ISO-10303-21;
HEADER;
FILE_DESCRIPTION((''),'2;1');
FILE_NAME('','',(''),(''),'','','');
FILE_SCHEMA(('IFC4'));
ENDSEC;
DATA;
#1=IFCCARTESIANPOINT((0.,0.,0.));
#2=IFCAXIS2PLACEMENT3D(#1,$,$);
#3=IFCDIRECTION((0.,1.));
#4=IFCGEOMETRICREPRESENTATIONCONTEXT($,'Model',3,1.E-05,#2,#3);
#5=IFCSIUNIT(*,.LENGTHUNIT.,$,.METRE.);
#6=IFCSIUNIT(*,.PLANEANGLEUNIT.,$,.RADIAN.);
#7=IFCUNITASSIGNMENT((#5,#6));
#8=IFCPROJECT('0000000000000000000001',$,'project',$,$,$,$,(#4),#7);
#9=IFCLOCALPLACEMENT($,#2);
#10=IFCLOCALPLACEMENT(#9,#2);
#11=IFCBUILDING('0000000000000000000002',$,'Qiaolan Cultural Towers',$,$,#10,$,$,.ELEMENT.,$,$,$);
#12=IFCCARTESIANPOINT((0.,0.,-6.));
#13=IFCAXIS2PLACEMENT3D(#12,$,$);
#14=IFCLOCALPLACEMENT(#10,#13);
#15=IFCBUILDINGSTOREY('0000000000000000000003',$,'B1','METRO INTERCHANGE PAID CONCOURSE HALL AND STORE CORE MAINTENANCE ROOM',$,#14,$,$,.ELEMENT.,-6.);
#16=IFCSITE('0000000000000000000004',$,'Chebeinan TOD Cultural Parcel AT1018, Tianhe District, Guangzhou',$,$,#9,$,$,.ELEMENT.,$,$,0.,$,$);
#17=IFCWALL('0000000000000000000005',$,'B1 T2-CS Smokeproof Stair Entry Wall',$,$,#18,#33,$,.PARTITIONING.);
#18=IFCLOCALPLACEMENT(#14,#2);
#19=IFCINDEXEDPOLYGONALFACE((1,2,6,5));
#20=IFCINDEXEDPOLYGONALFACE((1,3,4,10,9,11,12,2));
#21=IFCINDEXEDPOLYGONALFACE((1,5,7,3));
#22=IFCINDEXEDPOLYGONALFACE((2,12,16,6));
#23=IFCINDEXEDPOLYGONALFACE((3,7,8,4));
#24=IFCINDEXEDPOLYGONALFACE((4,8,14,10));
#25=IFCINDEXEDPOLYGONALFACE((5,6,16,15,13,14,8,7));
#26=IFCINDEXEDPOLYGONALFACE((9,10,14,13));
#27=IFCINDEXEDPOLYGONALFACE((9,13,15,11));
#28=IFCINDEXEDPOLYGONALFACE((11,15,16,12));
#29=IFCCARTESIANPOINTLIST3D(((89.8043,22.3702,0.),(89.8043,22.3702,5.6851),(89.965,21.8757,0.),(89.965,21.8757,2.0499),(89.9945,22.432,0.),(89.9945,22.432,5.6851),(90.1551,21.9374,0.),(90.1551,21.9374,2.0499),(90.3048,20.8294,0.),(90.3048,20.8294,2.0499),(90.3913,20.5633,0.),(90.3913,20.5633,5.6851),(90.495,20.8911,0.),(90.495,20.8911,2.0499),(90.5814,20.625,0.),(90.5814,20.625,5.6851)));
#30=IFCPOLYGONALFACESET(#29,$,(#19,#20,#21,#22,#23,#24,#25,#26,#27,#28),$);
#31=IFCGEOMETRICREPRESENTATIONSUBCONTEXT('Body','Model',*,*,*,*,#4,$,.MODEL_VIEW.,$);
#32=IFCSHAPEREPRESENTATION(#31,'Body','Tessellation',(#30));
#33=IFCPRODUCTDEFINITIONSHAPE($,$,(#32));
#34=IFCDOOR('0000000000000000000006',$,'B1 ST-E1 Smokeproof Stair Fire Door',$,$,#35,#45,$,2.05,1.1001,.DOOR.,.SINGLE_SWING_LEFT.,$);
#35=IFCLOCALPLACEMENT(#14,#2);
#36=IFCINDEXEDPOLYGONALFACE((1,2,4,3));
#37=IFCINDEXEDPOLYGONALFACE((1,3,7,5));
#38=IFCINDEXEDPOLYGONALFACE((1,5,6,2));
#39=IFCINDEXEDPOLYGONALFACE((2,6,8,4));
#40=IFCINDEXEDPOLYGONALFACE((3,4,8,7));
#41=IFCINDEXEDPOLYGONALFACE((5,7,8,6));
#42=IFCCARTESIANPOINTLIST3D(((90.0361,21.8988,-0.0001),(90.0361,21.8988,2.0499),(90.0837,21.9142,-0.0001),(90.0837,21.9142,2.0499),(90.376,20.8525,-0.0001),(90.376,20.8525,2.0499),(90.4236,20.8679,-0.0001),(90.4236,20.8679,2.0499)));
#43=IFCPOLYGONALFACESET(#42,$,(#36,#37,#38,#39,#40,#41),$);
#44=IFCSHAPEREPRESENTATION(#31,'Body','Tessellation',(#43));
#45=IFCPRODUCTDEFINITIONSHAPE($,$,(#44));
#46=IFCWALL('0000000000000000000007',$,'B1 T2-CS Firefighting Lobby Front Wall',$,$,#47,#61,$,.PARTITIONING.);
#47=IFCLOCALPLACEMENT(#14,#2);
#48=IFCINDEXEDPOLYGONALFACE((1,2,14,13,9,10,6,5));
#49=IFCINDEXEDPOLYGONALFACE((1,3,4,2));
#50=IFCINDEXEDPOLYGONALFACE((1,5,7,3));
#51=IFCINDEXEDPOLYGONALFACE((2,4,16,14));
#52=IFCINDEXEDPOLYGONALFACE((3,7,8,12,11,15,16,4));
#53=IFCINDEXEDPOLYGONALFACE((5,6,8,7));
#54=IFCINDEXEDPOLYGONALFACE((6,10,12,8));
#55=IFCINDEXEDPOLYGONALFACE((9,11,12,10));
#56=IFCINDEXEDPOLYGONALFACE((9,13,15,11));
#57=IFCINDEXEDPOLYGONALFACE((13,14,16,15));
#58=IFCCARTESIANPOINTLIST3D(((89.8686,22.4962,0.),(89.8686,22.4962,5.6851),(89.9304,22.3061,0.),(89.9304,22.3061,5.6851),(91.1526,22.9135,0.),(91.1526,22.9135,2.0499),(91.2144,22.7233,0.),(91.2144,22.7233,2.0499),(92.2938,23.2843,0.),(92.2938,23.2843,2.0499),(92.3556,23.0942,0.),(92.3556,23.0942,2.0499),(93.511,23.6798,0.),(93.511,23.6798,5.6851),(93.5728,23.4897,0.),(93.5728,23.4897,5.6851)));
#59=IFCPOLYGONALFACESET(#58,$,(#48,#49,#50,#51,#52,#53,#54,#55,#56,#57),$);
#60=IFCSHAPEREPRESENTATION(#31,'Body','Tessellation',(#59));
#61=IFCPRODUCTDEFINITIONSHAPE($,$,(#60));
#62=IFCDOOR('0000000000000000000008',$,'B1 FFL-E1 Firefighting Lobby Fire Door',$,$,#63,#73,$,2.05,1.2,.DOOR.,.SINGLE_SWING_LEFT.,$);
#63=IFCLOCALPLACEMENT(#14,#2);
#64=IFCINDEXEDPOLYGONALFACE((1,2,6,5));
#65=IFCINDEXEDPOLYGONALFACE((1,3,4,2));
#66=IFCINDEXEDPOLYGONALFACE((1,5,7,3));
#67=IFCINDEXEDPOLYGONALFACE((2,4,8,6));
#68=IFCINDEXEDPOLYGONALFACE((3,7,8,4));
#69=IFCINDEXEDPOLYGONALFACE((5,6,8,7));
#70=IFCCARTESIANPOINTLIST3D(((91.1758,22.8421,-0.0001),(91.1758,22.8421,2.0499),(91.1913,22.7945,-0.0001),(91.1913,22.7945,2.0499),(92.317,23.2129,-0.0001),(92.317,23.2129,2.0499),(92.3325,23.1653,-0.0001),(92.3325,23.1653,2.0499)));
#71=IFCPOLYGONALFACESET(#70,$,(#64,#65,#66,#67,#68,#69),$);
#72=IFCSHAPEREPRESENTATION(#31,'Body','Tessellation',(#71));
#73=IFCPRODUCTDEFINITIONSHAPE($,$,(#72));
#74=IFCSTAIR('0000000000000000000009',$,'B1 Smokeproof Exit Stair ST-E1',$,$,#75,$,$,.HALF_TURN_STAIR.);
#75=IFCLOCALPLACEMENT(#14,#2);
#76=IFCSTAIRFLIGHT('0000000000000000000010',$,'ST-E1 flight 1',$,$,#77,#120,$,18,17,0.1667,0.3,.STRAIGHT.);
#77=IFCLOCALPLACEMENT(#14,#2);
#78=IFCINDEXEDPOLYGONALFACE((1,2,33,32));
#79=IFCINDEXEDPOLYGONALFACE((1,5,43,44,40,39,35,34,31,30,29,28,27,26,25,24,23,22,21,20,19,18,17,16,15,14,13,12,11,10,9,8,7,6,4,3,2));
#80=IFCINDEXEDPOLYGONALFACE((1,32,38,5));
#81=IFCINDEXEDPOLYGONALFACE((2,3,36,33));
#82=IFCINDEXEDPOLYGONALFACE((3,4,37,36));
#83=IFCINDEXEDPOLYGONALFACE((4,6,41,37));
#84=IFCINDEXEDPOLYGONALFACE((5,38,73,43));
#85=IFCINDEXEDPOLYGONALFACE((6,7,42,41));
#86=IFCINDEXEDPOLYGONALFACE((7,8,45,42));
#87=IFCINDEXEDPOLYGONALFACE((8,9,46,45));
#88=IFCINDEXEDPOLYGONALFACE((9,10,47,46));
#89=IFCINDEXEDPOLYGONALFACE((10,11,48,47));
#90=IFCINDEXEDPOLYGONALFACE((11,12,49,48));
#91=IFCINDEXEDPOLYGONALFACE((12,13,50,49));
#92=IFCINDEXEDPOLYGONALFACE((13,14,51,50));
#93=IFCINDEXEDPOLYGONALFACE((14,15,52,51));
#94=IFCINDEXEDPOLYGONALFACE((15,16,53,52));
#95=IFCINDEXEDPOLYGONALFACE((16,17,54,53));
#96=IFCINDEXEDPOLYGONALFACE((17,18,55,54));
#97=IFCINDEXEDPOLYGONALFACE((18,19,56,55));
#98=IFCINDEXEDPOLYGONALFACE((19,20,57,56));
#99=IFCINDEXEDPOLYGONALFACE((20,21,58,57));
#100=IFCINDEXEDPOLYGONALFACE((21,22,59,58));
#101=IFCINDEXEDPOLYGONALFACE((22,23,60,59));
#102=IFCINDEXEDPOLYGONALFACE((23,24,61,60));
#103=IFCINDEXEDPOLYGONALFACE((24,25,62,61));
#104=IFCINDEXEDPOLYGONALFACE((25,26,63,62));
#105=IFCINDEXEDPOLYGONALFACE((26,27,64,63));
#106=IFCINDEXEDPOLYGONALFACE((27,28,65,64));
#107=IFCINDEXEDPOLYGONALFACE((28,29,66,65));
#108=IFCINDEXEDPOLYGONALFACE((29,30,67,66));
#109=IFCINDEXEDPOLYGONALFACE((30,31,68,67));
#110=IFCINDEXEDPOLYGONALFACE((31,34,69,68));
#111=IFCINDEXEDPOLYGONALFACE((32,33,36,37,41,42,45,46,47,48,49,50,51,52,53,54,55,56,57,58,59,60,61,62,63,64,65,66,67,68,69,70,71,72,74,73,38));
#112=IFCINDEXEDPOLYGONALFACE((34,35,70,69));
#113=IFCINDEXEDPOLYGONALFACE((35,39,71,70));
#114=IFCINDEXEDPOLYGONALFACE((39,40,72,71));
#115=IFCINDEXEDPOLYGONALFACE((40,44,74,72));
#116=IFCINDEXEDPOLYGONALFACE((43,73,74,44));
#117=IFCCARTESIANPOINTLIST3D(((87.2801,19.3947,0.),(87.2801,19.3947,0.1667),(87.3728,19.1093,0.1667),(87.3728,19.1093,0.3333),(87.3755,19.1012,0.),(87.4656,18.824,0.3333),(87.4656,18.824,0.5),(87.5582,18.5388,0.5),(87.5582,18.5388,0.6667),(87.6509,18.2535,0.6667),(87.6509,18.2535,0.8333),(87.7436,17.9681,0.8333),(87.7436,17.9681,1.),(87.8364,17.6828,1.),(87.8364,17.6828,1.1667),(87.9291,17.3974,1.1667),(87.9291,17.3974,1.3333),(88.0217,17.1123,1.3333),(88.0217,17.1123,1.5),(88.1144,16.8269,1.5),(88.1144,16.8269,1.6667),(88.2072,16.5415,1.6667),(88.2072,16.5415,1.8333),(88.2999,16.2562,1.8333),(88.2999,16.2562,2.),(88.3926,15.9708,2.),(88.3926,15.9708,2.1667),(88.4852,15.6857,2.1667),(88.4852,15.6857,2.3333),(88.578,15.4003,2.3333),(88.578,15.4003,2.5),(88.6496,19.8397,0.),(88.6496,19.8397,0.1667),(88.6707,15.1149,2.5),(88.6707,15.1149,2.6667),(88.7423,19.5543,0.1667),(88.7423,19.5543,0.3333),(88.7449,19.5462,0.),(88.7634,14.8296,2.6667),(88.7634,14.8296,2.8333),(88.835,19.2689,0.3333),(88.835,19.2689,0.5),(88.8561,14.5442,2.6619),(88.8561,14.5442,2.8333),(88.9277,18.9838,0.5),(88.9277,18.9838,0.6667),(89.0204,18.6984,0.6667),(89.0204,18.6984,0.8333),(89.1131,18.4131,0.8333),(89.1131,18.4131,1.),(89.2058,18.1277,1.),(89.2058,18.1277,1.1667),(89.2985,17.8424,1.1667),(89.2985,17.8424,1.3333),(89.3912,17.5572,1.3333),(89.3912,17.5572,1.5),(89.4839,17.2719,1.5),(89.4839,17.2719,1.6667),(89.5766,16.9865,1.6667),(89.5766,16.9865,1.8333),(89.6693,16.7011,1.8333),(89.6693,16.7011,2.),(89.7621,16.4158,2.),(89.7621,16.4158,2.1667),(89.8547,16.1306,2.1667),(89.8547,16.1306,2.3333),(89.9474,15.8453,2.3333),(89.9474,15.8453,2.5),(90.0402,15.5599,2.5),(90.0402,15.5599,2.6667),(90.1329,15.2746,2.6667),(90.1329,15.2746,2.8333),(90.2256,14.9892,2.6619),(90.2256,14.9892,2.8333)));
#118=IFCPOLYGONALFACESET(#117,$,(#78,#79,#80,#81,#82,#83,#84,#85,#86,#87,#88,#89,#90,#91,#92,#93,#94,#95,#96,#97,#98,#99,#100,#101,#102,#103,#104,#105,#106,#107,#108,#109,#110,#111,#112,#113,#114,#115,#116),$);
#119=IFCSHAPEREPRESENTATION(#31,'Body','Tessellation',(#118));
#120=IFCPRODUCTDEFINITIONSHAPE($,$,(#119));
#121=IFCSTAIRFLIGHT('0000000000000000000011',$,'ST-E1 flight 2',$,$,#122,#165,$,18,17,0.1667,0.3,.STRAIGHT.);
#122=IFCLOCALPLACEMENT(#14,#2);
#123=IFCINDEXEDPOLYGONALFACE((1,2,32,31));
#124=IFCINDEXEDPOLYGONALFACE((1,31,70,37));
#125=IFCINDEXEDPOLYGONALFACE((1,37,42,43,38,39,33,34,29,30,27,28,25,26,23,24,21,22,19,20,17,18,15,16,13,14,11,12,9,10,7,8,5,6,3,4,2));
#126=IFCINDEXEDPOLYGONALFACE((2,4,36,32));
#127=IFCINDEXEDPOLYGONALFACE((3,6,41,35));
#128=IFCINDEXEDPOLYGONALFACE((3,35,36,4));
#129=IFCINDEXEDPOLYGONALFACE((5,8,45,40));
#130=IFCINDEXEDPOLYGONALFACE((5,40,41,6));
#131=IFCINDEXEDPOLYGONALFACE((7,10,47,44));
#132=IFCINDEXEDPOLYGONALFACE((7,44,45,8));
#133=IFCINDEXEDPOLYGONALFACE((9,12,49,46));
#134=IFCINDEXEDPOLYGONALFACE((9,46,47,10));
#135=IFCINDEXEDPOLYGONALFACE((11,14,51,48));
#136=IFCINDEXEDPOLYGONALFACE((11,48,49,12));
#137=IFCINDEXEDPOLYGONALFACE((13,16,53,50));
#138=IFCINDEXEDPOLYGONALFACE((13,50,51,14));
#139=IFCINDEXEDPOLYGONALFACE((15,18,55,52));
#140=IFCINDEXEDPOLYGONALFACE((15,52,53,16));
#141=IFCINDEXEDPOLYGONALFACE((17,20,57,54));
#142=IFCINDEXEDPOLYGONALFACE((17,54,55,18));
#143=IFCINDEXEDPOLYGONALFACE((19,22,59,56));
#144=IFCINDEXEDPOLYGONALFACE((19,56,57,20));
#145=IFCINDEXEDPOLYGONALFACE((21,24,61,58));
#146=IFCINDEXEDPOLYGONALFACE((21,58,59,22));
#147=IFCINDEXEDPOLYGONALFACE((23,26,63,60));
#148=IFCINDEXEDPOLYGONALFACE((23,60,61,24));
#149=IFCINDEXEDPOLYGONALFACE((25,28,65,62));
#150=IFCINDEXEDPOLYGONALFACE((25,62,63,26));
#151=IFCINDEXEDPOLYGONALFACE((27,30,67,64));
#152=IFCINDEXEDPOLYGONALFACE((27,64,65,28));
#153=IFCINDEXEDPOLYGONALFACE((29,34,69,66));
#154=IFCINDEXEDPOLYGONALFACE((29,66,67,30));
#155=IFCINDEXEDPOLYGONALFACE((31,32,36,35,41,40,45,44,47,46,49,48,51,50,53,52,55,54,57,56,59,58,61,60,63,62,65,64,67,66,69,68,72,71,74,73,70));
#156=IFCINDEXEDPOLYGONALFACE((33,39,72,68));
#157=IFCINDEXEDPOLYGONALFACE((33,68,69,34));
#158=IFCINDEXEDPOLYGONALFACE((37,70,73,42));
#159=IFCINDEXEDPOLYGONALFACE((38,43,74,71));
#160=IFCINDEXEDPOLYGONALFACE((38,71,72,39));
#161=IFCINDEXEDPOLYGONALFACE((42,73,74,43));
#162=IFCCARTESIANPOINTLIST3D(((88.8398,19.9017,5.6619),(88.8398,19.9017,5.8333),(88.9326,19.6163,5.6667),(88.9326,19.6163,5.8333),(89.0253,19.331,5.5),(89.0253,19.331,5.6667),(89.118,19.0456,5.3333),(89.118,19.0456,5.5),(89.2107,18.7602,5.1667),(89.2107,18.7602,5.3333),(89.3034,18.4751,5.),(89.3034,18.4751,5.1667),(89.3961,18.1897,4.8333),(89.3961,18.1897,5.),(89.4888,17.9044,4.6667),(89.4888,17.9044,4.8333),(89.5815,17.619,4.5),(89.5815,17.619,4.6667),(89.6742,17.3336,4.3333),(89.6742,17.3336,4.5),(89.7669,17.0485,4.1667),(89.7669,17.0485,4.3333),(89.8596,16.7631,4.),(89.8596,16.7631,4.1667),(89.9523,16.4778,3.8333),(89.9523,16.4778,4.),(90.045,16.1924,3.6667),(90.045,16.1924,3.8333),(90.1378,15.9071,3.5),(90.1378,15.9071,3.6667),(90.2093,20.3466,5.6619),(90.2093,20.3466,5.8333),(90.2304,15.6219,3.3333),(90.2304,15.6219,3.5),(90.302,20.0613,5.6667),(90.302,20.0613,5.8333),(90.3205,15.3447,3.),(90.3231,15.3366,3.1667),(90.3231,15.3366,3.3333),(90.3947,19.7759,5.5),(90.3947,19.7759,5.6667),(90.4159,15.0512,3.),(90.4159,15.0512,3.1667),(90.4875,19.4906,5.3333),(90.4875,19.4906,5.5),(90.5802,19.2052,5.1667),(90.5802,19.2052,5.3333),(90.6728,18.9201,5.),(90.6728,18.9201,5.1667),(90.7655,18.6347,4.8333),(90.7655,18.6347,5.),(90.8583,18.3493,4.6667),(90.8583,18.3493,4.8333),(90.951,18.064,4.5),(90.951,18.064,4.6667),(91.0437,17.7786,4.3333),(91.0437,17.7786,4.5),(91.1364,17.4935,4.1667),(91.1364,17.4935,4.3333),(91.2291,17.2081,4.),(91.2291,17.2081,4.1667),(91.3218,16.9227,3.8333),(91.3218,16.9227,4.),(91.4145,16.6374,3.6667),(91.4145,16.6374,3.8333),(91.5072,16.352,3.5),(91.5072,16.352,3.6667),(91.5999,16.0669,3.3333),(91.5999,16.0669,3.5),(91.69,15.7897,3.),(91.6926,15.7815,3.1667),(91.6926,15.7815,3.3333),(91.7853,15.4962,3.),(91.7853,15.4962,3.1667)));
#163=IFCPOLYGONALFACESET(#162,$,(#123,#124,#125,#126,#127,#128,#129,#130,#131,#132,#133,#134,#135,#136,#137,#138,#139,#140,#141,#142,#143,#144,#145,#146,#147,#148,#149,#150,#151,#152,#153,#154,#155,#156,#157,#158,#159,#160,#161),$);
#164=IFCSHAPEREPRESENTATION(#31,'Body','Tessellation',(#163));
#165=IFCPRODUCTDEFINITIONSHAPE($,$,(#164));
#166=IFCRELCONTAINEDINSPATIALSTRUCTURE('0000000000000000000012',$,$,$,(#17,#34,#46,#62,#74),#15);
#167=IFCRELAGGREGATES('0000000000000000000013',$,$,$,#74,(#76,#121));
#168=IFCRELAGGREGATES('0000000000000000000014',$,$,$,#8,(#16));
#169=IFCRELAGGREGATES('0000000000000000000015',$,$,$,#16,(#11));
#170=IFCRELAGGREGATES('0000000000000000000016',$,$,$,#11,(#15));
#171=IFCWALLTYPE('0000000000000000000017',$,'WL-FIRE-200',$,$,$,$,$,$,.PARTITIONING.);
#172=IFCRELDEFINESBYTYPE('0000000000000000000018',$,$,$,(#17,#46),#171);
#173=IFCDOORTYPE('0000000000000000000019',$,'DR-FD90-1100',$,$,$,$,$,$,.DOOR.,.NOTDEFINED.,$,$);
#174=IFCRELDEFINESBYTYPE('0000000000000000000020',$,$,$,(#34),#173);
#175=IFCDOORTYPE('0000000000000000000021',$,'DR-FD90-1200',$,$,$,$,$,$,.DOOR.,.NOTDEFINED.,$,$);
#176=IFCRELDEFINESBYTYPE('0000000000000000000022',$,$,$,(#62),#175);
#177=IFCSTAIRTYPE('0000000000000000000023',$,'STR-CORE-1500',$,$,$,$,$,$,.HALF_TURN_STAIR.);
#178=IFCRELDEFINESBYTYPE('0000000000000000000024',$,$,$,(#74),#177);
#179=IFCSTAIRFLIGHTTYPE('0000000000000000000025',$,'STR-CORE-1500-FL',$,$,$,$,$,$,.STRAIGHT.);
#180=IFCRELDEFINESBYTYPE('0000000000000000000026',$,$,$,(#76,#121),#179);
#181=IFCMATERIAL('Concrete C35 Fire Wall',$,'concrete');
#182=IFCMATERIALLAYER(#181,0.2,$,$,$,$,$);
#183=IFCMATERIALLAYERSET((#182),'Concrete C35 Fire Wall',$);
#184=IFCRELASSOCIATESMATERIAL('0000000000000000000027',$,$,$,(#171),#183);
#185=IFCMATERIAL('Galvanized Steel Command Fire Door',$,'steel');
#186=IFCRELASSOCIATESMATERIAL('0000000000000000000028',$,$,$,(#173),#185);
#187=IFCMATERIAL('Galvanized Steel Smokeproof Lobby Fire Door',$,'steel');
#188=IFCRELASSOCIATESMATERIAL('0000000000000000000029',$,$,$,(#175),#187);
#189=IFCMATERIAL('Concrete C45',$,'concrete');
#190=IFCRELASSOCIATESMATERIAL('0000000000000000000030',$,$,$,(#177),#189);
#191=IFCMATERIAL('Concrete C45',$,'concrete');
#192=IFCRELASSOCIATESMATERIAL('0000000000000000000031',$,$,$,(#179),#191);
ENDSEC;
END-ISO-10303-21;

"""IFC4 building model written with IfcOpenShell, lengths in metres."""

from ifc_helpers import new_model, si_unit, direction, frame, frame_2d, origin, place, context, subcontext, project, spatial, polyline, rectangle, outline, extrude, material, layer, layer_set, type_object, element, fill, aggregate, save


model = new_model("IFC4")

# Units and contexts
model_context = context("Model", 3, precision=1e-05, world=origin(), true_north=direction((0.0, 1.0)))
body_context = subcontext(model_context, "Body", "Model", "MODEL_VIEW")
ifc_project = project(units=[si_unit("LENGTHUNIT", "METRE"), si_unit("PLANEANGLEUNIT", "RADIAN")], contexts=[model_context])

# Site, building, storey
site_placement = place(None, origin())
site = spatial("IfcSite", under=ifc_project, at=site_placement, Name="Chebeinan TOD Cultural Parcel AT1018, Tianhe District, Guangzhou", CompositionType="ELEMENT", RefElevation=0.0)
building_placement = place(site_placement, origin())
building = spatial("IfcBuilding", under=site, at=building_placement, Name="Qiaolan Cultural Towers", CompositionType="ELEMENT")
storey_placement = place(building_placement, frame((0.0, 0.0, -6.0)))
storey = spatial("IfcBuildingStorey", under=building, at=storey_placement, Name="B1", Description="METRO INTERCHANGE PAID CONCOURSE HALL AND STORE CORE MAINTENANCE ROOM", CompositionType="ELEMENT", Elevation=-6.0)

# Walls, openings, doors
ifc_material_1 = material(Name="Concrete C35 Fire Wall", Category="concrete")
ifc_layer_1 = layer(ifc_material_1, 0.2)
ifc_layer_set_1 = layer_set([ifc_layer_1], Name="Concrete C35 Fire Wall")
wall_type_1 = type_object("IfcWallType", Name="WL-FIRE-200", PredefinedType="PARTITIONING", material=ifc_layer_set_1)
wall_1_placement = place(storey_placement, frame((89.8994, 22.4011, 0.0), z_axis=(0.0, 0.0, 1.0), x_axis=(0.308932, -0.951084, 0.0)))
wall_1 = element("IfcWall", 1, at=wall_1_placement, inside=storey, type_object=wall_type_1, Name="B1 T2-CS Smokeproof Stair Entry Wall", PredefinedType="PARTITIONING", context=body_context, shape_type="SweptSolid", body=[
    extrude(rectangle(XDim=1.8999, YDim=0.2, at=frame_2d((0.95, 0.0))), origin(), (0.0, 0.0, 1.0), 5.6851),
])
opening_1_placement = place(wall_1_placement, frame((0.52, 0.0, 0.0)))
opening_1 = element("IfcOpeningElement", 2, at=opening_1_placement, cuts=wall_1, PredefinedType="OPENING", context=body_context, shape_type="SweptSolid", body=[
    extrude(rectangle(XDim=1.1001, YDim=2.05, at=frame_2d((0.55, 1.0249))), frame((0.0, 0.1099, 0.0), z_axis=(0.0, -1.0, 0.0), x_axis=(1.0, 0.0, 0.0)), (0.0, 0.0, 1.0), 0.22),
])
ifc_material_2 = material(Name="Galvanized Steel Command Fire Door", Category="steel")
door_type_1 = type_object("IfcDoorType", Name="DR-FD90-1100", OperationType="NOTDEFINED", PredefinedType="DOOR", material=ifc_material_2)
door_1_placement = place(opening_1_placement, origin())
door_1 = element("IfcDoor", 3, at=door_1_placement, inside=storey, type_object=door_type_1, Name="B1 ST-E1 Smokeproof Stair Fire Door", OperationType="SINGLE_SWING_LEFT", OverallHeight=2.05, OverallWidth=1.1001, PredefinedType="DOOR", context=body_context, shape_type="SweptSolid", body=[
    extrude(rectangle(XDim=1.1001, YDim=2.05, at=frame_2d((0.55, 1.0249))), frame((0.0, 0.0249, 0.0), z_axis=(0.0, -1.0, 0.0), x_axis=(1.0, 0.0, 0.0)), (0.0, 0.0, 1.0), 0.05),
])
fill(opening_1, door_1)
wall_2_placement = place(storey_placement, frame((89.8994, 22.4011, 0.0), z_axis=(0.0, 0.0, 1.0), x_axis=(0.951047, 0.309047, 0.0)))
wall_2 = element("IfcWall", 4, at=wall_2_placement, inside=storey, type_object=wall_type_1, Name="B1 T2-CS Firefighting Lobby Front Wall", PredefinedType="PARTITIONING", context=body_context, shape_type="SweptSolid", body=[
    extrude(rectangle(XDim=3.8298, YDim=0.2, at=frame_2d((1.915, 0.0))), origin(), (0.0, 0.0, 1.0), 5.6851),
])
opening_2_placement = place(wall_2_placement, frame((1.3501, 0.0, 0.0)))
opening_2 = element("IfcOpeningElement", 5, at=opening_2_placement, cuts=wall_2, PredefinedType="OPENING", context=body_context, shape_type="SweptSolid", body=[
    extrude(rectangle(XDim=1.2, YDim=2.05, at=frame_2d((0.6001, 1.0249))), frame((0.0, 0.1099, 0.0), z_axis=(0.0, -1.0, 0.0), x_axis=(1.0, 0.0, 0.0)), (0.0, 0.0, 1.0), 0.22),
])
ifc_material_3 = material(Name="Galvanized Steel Smokeproof Lobby Fire Door", Category="steel")
door_type_2 = type_object("IfcDoorType", Name="DR-FD90-1200", OperationType="NOTDEFINED", PredefinedType="DOOR", material=ifc_material_3)
door_2_placement = place(opening_2_placement, origin())
door_2 = element("IfcDoor", 6, at=door_2_placement, inside=storey, type_object=door_type_2, Name="B1 FFL-E1 Firefighting Lobby Fire Door", OperationType="SINGLE_SWING_LEFT", OverallHeight=2.05, OverallWidth=1.2, PredefinedType="DOOR", context=body_context, shape_type="SweptSolid", body=[
    extrude(rectangle(XDim=1.2, YDim=2.05, at=frame_2d((0.6001, 1.0249))), frame((0.0, 0.0249, 0.0), z_axis=(0.0, -1.0, 0.0), x_axis=(1.0, 0.0, 0.0)), (0.0, 0.0, 1.0), 0.05),
])
fill(opening_2, door_2)

# Stair, stair flights
ifc_material_4 = material(Name="Concrete C45", Category="concrete")
stair_type = type_object("IfcStairType", Name="STR-CORE-1500", PredefinedType="HALF_TURN_STAIR", material=ifc_material_4)
stair_placement = place(storey_placement, origin())
stair = element("IfcStair", 7, at=stair_placement, inside=storey, type_object=stair_type, Name="B1 Smokeproof Exit Stair ST-E1", PredefinedType="HALF_TURN_STAIR")
ifc_material_5 = material(Name="Concrete C45", Category="concrete")
stair_flight_type = type_object("IfcStairFlightType", Name="STR-CORE-1500-FL", PredefinedType="STRAIGHT", material=ifc_material_5)
stair_flight_1_placement = place(storey_placement, frame((87.9648, 19.6172, 0.0), z_axis=(0.0, 0.0, 1.0), x_axis=(0.309017, -0.951057, 0.0)))
stair_flight_1 = element("IfcStairFlight", 8, at=stair_flight_1_placement, type_object=stair_flight_type, Name="ST-E1 flight 1", NumberOfRisers=18, NumberOfTreads=17, PredefinedType="STRAIGHT", RiserHeight=0.1667, TreadLength=0.3, context=body_context, shape_type="SweptSolid", body=[
    extrude(outline(polyline([(0.0, 0.0), (0.0, 0.1667), (0.3, 0.1667), (0.3, 0.3333), (0.6001, 0.3333), (0.6001, 0.5), (0.8999, 0.5), (0.8999, 0.6667), (1.2, 0.6667), (1.2, 0.8333), (1.5, 0.8333), (1.5, 1.0), (1.8, 1.0), (1.8, 1.1667), (2.1001, 1.1667), (2.1001, 1.3333), (2.3999, 1.3333), (2.3999, 1.5), (2.7, 1.5), (2.7, 1.6667), (3.0, 1.6667), (3.0, 1.8333), (3.3, 1.8333), (3.3, 2.0), (3.6001, 2.0), (3.6001, 2.1667), (3.8999, 2.1667), (3.8999, 2.3333), (4.2, 2.3333), (4.2, 2.5), (4.5, 2.5), (4.5, 2.6667), (4.8, 2.6667), (4.8, 2.8333), (5.1001, 2.8333), (5.1001, 3.0), (5.1001, 2.6619), (0.3086, 0.0), (0.0, 0.0)])), frame((0.0, 0.72, 0.0), z_axis=(0.0, -1.0, 0.0), x_axis=(1.0, 0.0, 0.0)), (0.0, 0.0, 1.0), 1.4399),
])
stair_flight_2_placement = place(storey_placement, frame((91.1006, 15.2737, 3.0), z_axis=(0.0, 0.0, 1.0), x_axis=(-0.309017, 0.951057, 0.0)))
stair_flight_2 = element("IfcStairFlight", 9, at=stair_flight_2_placement, type_object=stair_flight_type, Name="ST-E1 flight 2", NumberOfRisers=18, NumberOfTreads=17, PredefinedType="STRAIGHT", RiserHeight=0.1667, TreadLength=0.3, context=body_context, shape_type="SweptSolid", body=[
    extrude(outline(polyline([(0.0, 0.0), (0.0, 0.1667), (0.3, 0.1667), (0.3, 0.3333), (0.6001, 0.3333), (0.6001, 0.5), (0.8999, 0.5), (0.8999, 0.6667), (1.2, 0.6667), (1.2, 0.8333), (1.5, 0.8333), (1.5, 1.0), (1.8, 1.0), (1.8, 1.1667), (2.1001, 1.1667), (2.1001, 1.3333), (2.3999, 1.3333), (2.3999, 1.5), (2.7, 1.5), (2.7, 1.6667), (3.0, 1.6667), (3.0, 1.8333), (3.3, 1.8333), (3.3, 2.0), (3.6001, 2.0), (3.6001, 2.1667), (3.8999, 2.1667), (3.8999, 2.3333), (4.2, 2.3333), (4.2, 2.5), (4.5, 2.5), (4.5, 2.6667), (4.8, 2.6667), (4.8, 2.8333), (5.1001, 2.8333), (5.1001, 3.0), (5.1001, 2.6619), (0.3086, 0.0), (0.0, 0.0)])), frame((0.0, 0.72, 0.0), z_axis=(0.0, -1.0, 0.0), x_axis=(1.0, 0.0, 0.0)), (0.0, 0.0, 1.0), 1.4399),
])
aggregate(stair, [stair_flight_1, stair_flight_2])

save(model, "model.ifc")
